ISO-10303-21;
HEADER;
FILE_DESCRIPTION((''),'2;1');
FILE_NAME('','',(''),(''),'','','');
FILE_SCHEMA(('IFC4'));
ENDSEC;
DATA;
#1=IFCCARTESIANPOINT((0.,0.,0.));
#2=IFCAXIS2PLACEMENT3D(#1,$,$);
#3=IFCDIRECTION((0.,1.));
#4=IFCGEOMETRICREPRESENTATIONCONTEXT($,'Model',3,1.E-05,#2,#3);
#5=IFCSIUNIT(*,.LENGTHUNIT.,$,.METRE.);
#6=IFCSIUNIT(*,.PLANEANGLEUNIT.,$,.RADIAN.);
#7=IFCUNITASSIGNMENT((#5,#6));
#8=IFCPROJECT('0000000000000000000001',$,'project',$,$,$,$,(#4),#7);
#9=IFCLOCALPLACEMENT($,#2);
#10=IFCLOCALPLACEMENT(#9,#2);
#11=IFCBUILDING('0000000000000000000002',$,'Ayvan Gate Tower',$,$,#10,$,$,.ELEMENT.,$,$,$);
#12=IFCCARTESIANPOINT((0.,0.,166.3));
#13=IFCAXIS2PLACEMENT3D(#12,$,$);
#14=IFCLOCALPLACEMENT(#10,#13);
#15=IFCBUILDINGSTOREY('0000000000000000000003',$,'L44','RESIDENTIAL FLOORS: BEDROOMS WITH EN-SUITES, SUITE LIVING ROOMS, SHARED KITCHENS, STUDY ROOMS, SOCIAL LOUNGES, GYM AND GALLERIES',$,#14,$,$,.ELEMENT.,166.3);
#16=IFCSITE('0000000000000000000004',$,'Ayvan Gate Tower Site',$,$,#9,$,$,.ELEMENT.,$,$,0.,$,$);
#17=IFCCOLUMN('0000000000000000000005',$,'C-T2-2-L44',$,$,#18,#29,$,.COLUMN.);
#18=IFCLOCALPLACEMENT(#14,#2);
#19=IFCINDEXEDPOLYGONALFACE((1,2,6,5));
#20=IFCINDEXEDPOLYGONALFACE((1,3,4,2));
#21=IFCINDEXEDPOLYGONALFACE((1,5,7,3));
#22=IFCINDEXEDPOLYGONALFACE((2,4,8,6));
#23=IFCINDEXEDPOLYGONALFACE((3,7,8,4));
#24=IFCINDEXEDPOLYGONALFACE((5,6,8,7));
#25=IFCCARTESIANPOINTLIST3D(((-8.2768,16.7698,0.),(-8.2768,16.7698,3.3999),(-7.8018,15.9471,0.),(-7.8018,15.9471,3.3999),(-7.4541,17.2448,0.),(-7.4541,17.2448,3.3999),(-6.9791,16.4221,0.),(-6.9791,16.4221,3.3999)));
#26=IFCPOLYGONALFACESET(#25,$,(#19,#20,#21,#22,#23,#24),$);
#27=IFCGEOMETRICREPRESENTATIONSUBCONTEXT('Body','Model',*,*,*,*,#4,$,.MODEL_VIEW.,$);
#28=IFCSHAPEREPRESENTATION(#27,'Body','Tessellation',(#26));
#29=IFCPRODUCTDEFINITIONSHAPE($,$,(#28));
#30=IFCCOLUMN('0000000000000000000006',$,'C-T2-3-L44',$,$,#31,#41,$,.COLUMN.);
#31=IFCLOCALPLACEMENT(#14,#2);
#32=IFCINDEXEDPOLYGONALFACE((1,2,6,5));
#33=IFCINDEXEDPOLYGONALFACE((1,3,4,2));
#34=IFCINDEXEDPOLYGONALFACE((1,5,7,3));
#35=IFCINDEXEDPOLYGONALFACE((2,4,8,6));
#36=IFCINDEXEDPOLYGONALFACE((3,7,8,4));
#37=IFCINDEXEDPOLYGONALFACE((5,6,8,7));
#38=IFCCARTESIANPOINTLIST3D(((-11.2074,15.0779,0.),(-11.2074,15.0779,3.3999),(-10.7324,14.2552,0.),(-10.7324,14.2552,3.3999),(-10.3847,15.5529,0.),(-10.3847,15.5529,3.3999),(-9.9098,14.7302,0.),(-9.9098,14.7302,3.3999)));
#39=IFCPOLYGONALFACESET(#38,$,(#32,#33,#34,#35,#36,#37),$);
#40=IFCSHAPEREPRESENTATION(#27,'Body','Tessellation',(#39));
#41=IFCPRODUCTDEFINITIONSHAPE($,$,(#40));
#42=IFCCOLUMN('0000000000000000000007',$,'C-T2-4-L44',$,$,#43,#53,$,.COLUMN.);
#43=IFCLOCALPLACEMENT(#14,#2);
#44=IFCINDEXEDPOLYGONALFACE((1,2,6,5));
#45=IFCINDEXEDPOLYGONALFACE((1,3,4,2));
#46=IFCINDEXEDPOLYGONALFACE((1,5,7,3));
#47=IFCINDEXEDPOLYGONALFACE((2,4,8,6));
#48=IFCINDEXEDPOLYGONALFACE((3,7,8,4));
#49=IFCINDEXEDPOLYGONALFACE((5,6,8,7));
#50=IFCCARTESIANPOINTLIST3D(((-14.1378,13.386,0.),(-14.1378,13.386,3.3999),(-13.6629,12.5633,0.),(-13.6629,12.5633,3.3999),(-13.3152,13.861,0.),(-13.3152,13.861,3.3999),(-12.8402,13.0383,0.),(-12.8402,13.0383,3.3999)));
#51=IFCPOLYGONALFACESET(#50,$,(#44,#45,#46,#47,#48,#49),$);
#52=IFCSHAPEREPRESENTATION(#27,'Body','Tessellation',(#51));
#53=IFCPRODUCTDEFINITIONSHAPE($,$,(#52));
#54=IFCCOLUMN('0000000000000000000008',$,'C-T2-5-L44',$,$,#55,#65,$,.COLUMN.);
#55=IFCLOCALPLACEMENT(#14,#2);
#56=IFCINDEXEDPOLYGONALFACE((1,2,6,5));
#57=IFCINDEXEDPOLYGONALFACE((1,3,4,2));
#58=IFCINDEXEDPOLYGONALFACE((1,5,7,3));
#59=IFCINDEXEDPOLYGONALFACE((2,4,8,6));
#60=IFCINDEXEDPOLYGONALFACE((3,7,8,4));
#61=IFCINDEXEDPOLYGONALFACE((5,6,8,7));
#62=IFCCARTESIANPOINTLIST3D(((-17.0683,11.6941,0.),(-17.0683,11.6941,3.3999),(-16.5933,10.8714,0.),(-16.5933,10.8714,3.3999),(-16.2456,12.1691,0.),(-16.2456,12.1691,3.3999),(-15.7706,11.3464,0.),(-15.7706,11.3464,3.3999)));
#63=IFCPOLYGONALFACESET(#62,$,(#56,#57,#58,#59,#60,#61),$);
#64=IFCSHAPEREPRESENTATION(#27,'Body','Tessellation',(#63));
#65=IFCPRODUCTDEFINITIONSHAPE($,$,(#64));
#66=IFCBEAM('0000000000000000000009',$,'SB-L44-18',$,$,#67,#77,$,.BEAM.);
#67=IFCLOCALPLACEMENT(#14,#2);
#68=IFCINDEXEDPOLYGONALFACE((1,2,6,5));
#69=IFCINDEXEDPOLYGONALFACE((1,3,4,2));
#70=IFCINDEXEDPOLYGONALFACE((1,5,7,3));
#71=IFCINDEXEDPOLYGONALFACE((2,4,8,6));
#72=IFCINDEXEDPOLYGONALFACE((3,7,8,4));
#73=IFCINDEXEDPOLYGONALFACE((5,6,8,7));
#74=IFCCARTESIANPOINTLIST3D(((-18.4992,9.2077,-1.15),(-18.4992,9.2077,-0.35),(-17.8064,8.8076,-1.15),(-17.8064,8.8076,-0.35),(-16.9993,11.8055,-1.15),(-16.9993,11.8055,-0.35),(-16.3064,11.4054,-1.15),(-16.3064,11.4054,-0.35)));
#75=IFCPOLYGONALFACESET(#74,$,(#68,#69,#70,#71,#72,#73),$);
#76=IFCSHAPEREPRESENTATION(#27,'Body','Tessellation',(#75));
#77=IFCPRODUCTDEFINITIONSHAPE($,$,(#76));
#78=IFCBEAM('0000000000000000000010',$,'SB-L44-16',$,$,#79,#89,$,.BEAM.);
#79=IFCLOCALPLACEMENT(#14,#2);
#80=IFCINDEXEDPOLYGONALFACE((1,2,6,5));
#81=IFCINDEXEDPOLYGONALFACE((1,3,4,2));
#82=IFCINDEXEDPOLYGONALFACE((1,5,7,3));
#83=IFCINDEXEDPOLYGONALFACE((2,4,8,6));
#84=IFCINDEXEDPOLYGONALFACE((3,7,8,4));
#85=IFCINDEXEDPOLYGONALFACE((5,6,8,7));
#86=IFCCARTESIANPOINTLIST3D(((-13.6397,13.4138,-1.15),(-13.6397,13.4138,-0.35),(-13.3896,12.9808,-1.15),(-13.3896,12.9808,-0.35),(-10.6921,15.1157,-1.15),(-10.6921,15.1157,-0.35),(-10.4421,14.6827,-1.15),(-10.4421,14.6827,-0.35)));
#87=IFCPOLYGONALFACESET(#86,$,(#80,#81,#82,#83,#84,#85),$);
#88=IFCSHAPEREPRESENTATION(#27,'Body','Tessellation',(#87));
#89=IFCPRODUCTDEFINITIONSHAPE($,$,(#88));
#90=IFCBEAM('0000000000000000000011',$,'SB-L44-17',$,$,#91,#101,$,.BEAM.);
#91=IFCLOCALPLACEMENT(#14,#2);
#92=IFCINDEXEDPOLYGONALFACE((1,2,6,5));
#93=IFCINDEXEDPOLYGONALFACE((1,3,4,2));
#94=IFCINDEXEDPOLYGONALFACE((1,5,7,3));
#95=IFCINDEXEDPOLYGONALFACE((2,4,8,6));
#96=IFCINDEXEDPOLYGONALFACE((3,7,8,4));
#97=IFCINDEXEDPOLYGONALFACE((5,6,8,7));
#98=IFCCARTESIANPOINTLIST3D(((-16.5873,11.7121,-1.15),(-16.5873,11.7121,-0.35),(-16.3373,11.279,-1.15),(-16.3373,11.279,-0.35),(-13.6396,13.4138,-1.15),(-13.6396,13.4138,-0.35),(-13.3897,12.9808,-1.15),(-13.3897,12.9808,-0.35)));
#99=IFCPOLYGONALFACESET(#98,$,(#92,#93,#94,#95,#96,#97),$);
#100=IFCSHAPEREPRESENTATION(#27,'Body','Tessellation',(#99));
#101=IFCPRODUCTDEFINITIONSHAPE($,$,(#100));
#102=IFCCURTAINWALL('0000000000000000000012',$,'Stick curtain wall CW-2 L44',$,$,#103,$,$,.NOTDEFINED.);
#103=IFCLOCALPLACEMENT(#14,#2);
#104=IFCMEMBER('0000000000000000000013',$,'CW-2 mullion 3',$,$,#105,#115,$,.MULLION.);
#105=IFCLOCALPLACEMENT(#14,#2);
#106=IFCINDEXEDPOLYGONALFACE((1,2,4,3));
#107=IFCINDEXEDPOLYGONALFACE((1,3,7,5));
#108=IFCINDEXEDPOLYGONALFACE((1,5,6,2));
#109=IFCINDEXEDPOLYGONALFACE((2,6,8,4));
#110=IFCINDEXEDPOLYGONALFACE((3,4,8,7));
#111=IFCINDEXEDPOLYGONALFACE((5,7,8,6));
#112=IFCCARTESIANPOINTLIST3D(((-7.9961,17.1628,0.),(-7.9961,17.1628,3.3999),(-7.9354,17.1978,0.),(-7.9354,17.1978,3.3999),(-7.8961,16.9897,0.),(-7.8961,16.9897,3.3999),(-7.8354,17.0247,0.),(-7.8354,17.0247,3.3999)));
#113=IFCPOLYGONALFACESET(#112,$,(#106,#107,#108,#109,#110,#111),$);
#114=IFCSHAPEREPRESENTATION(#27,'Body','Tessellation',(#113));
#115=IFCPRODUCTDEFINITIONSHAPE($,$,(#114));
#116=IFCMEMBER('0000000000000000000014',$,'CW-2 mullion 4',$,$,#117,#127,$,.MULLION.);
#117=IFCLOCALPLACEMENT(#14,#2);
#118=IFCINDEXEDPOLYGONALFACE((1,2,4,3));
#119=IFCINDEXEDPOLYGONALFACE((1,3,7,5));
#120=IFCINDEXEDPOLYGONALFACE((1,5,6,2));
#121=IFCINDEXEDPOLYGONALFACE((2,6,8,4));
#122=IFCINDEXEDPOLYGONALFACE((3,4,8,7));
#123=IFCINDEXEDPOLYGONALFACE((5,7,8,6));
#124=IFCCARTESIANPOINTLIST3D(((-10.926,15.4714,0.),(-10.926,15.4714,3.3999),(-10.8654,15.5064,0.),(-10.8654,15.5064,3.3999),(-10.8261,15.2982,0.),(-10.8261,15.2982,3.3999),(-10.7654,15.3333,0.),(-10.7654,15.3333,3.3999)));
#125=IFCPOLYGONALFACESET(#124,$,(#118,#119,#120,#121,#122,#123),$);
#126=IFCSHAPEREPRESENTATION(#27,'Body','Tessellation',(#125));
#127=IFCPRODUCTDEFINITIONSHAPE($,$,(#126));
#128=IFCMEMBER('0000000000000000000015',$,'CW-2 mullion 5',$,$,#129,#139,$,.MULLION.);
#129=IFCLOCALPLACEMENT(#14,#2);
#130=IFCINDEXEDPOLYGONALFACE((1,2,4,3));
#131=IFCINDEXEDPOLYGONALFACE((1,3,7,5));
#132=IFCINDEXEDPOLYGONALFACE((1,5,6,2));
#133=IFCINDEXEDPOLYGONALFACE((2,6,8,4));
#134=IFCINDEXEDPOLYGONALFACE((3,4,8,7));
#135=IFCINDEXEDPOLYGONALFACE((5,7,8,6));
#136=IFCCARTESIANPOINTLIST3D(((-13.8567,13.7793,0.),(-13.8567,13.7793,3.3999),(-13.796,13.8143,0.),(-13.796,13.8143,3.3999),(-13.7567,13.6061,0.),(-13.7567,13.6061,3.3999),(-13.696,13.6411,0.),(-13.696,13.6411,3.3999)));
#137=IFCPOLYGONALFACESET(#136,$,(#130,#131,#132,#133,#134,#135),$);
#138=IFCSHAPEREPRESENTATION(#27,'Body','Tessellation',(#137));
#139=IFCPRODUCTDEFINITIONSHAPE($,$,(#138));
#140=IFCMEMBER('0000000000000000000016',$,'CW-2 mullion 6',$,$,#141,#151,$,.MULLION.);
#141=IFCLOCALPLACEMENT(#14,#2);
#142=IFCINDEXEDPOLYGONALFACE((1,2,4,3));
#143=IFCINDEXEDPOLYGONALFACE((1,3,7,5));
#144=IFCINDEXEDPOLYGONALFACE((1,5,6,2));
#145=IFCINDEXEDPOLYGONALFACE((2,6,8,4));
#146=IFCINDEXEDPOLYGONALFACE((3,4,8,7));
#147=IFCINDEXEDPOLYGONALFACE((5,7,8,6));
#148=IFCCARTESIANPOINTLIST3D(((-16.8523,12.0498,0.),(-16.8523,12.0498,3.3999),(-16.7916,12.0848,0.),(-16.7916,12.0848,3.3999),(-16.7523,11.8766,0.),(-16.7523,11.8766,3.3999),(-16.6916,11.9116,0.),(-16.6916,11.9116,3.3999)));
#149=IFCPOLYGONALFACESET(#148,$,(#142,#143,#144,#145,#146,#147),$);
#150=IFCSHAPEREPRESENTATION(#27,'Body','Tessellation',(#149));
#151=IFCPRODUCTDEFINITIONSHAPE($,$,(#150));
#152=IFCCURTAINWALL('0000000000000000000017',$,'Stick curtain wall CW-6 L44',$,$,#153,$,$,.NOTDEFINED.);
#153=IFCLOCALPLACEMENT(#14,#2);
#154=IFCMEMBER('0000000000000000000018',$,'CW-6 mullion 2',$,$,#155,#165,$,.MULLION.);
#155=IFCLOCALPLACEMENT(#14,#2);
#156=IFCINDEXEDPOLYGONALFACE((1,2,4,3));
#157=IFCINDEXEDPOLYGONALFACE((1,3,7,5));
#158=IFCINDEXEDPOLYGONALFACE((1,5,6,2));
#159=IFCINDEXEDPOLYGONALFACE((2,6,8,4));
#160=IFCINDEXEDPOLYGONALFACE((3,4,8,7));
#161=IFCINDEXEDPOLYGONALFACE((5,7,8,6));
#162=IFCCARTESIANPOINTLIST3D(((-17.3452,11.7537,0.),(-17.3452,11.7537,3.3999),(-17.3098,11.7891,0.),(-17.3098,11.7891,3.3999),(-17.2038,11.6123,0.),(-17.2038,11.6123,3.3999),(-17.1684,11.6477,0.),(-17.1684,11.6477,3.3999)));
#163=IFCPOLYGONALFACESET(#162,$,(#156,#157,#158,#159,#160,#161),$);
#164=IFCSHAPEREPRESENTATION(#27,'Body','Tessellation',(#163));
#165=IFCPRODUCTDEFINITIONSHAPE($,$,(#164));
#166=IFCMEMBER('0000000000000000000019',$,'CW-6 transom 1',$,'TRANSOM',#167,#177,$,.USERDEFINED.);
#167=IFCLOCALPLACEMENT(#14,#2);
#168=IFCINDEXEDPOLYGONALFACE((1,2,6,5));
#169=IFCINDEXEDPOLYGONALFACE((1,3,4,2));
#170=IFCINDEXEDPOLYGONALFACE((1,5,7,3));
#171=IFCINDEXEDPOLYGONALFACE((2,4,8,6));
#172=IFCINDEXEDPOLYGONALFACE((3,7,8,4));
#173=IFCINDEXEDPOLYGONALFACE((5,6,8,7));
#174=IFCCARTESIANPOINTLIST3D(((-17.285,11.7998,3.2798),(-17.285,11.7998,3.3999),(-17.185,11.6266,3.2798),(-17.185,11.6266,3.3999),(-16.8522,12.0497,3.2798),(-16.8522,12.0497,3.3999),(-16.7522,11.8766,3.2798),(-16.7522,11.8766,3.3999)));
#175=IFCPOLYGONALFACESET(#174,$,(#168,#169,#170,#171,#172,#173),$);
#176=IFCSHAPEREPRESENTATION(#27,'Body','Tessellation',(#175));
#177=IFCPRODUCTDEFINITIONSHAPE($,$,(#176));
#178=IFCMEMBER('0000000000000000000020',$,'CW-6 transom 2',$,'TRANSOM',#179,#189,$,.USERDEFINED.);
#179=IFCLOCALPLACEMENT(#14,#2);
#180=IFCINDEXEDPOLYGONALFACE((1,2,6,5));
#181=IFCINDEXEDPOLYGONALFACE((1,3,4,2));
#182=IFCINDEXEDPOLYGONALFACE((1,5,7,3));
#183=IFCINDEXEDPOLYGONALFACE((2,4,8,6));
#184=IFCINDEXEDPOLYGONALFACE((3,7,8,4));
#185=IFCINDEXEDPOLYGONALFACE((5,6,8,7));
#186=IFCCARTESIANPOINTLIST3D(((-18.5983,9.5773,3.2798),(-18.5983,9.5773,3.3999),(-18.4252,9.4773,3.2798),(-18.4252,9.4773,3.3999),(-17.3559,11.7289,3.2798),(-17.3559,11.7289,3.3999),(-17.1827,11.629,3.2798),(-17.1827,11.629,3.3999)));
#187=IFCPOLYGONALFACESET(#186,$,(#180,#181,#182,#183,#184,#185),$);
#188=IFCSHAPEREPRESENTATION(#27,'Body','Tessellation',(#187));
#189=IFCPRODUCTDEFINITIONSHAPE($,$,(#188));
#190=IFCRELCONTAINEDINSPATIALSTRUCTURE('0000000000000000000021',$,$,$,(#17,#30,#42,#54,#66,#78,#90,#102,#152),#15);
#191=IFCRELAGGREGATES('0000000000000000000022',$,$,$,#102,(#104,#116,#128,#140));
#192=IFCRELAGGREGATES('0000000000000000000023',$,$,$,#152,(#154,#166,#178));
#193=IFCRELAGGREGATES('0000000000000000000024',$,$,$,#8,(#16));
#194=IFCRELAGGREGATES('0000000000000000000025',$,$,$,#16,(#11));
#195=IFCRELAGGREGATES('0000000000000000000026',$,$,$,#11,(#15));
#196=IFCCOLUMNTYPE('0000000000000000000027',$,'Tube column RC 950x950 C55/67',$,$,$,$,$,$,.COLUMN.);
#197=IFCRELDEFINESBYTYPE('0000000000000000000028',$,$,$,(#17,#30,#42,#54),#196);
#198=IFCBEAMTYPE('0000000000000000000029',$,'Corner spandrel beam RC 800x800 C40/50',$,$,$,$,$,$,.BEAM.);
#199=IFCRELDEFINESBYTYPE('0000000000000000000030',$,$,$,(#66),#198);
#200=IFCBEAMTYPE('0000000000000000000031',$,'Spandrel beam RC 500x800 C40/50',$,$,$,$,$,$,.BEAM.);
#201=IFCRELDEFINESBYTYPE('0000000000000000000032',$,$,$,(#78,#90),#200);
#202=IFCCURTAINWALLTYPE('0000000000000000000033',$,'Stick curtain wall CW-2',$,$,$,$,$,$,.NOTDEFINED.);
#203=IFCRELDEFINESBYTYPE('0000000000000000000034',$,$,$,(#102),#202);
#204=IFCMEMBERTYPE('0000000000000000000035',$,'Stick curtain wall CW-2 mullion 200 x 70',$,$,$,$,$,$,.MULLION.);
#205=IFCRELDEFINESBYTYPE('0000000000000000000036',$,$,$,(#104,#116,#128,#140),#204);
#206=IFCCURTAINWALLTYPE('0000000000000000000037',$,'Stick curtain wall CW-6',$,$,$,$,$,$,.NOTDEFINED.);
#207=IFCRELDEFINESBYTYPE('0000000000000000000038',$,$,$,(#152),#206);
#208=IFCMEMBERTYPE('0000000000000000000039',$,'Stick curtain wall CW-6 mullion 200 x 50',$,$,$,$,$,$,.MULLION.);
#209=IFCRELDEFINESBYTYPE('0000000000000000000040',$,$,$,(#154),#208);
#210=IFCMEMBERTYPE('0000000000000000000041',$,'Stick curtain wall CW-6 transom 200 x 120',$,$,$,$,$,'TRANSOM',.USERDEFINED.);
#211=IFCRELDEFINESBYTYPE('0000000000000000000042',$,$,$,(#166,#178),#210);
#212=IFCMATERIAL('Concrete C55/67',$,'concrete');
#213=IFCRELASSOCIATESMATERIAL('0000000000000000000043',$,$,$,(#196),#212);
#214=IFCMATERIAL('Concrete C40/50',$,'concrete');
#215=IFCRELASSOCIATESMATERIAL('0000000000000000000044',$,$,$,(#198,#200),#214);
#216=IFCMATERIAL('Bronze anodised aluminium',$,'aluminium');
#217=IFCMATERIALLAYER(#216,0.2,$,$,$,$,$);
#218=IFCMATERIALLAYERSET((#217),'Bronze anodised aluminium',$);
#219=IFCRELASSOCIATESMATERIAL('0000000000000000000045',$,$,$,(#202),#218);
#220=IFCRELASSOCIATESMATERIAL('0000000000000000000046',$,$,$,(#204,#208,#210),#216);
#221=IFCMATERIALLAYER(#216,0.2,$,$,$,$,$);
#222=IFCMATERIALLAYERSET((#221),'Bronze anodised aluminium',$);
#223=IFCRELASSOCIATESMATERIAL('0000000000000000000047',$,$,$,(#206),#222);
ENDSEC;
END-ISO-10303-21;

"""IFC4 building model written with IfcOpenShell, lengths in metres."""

from ifc_helpers import new_model, si_unit, direction, frame, origin, origin_2d, place, context, subcontext, project, spatial, rectangle, extrude, material, layer, layer_set, material_profile, profile_set, type_object, element, aggregate, save


model = new_model("IFC4")

# Units and contexts
model_context = context("Model", 3, precision=1e-05, world=origin(), true_north=direction((0.0, 1.0)))
body_context = subcontext(model_context, "Body", "Model", "MODEL_VIEW")
ifc_project = project(units=[si_unit("LENGTHUNIT", "METRE"), si_unit("PLANEANGLEUNIT", "RADIAN")], contexts=[model_context])

# Site, building, storey
site_placement = place(None, origin())
site = spatial("IfcSite", under=ifc_project, at=site_placement, Name="Ayvan Gate Tower Site", CompositionType="ELEMENT", RefElevation=0.0)
building_placement = place(site_placement, origin())
building = spatial("IfcBuilding", under=site, at=building_placement, Name="Ayvan Gate Tower", CompositionType="ELEMENT")
storey_placement = place(building_placement, frame((0.0, 0.0, 166.3)))
storey = spatial("IfcBuildingStorey", under=building, at=storey_placement, Name="L44", Description="RESIDENTIAL FLOORS: BEDROOMS WITH EN-SUITES, SUITE LIVING ROOMS, SHARED KITCHENS, STUDY ROOMS, SOCIAL LOUNGES, GYM AND GALLERIES", CompositionType="ELEMENT", Elevation=166.3)

# Columns
ifc_material_1 = material(Name="Concrete C55/67", Category="concrete")
ifc_material_profile_1 = material_profile(ifc_material_1, rectangle(XDim=0.95, YDim=0.95, at=origin_2d()), Name="RC 950x950")
ifc_profile_set_1 = profile_set([ifc_material_profile_1], Name="Concrete C55/67")
column_type = type_object("IfcColumnType", Name="Tube column RC 950x950 C55/67", PredefinedType="COLUMN", material=ifc_profile_set_1)
for number, where, z_axis, x_axis, name in (
    (1, (-7.6279, 16.5959, 0.0), (0.0, 0.0, 1.0), (-0.5, 0.866025, 0.0), "C-T2-2-L44"),
    (2, (-10.5586, 14.9041, 0.0), (0.0, 0.0, 1.0), (-0.5, 0.866025, 0.0), "C-T2-3-L44"),
    (3, (-13.489, 13.2122, 0.0), (0.0, 0.0, 1.0), (-0.5, 0.866025, 0.0), "C-T2-4-L44"),
    (4, (-16.4194, 11.5203, 0.0), (0.0, 0.0, 1.0), (-0.5, 0.866025, 0.0), "C-T2-5-L44"),
):
    element("IfcColumn", number, at=place(storey_placement, frame(where, z_axis=z_axis, x_axis=x_axis)), inside=storey, type_object=column_type, Name=name, PredefinedType="COLUMN", context=body_context, shape_type="SweptSolid", body=[
        extrude(rectangle(XDim=0.95, YDim=0.95, at=origin_2d()), origin(), (0.0, 0.0, 1.0), 3.3999),
    ])

# Beams
ifc_material_2 = material(Name="Concrete C40/50", Category="concrete")
ifc_material_profile_2 = material_profile(ifc_material_2, rectangle(XDim=0.8, YDim=0.8, at=origin_2d()), Name="RC 800x800")
ifc_profile_set_2 = profile_set([ifc_material_profile_2], Name="Concrete C40/50")
beam_type_1 = type_object("IfcBeamType", Name="Corner spandrel beam RC 800x800 C40/50", PredefinedType="BEAM", material=ifc_profile_set_2)
beam_placement = place(storey_placement, frame((-16.6528, 11.6055, -0.75), z_axis=(-0.500025, -0.866011, 0.0), x_axis=(0.866011, -0.500025, 0.0)))
element("IfcBeam", 5, at=beam_placement, inside=storey, type_object=beam_type_1, Name="SB-L44-18", PredefinedType="BEAM", context=body_context, shape_type="SweptSolid", body=[
    extrude(rectangle(XDim=0.8, YDim=0.8, at=origin_2d()), origin(), (0.0, 0.0, 1.0), 2.9998),
])
ifc_material_profile_3 = material_profile(ifc_material_2, rectangle(XDim=0.5, YDim=0.8, at=origin_2d()), Name="RC 500x800")
ifc_profile_set_3 = profile_set([ifc_material_profile_3], Name="Concrete C40/50")
beam_type_2 = type_object("IfcBeamType", Name="Spandrel beam RC 500x800 C40/50", PredefinedType="BEAM", material=ifc_profile_set_3)
for number, where, z_axis, x_axis, name in (
    (6, (-10.5671, 14.8992, -0.75), (-0.866005, -0.500035, 0.0), (0.500035, -0.866005, 0.0), "SB-L44-16"),
    (7, (-13.5146, 13.1973, -0.75), (-0.866036, -0.499981, 0.0), (0.499981, -0.866036, 0.0), "SB-L44-17"),
):
    element("IfcBeam", number, at=place(storey_placement, frame(where, z_axis=z_axis, x_axis=x_axis)), inside=storey, type_object=beam_type_2, Name=name, PredefinedType="BEAM", context=body_context, shape_type="SweptSolid", body=[
        extrude(rectangle(XDim=0.5, YDim=0.8, at=origin_2d()), origin(), (0.0, 0.0, 1.0), 3.4036),
    ])

# Curtain walls, members
ifc_material_3 = material(Name="Bronze anodised aluminium", Category="aluminium")
ifc_layer_1 = layer(ifc_material_3, 0.2)
ifc_layer_set_1 = layer_set([ifc_layer_1], Name="Bronze anodised aluminium")
curtain_wall_type_1 = type_object("IfcCurtainWallType", Name="Stick curtain wall CW-2", PredefinedType="NOTDEFINED", material=ifc_layer_set_1)
curtain_wall_1_placement = place(storey_placement, origin())
curtain_wall_1 = element("IfcCurtainWall", 8, at=curtain_wall_1_placement, inside=storey, type_object=curtain_wall_type_1, Name="Stick curtain wall CW-2 L44", PredefinedType="NOTDEFINED")
ifc_material_profile_4 = material_profile(ifc_material_3, rectangle(XDim=0.2, YDim=0.0701, at=origin_2d()), Name="Stick curtain wall CW-2 mullion 200 x 70")
ifc_profile_set_4 = profile_set([ifc_material_profile_4], Name="Bronze anodised aluminium")
member_type_1 = type_object("IfcMemberType", Name="Stick curtain wall CW-2 mullion 200 x 70", PredefinedType="MULLION", material=ifc_profile_set_4)
member_1_placement = place(storey_placement, frame((-7.9158, 17.0938, 0.0), z_axis=(0.0, 0.0, 1.0), x_axis=(-0.5, 0.866025, 0.0)))
member_1 = element("IfcMember", 9, at=member_1_placement, type_object=member_type_1, Name="CW-2 mullion 3", PredefinedType="MULLION", context=body_context, shape_type="SweptSolid", body=[
    extrude(rectangle(XDim=0.2, YDim=0.0701, at=origin_2d()), origin(), (0.0, 0.0, 1.0), 3.3999),
])
member_2_placement = place(storey_placement, frame((-10.8457, 15.4023, 0.0), z_axis=(0.0, 0.0, 1.0), x_axis=(-0.5, 0.866025, 0.0)))
member_2 = element("IfcMember", 10, at=member_2_placement, type_object=member_type_1, Name="CW-2 mullion 4", PredefinedType="MULLION", context=body_context, shape_type="SweptSolid", body=[
    extrude(rectangle(XDim=0.2, YDim=0.0701, at=origin_2d()), origin(), (0.0, 0.0, 1.0), 3.3999),
])
member_3_placement = place(storey_placement, frame((-13.7764, 13.7102, 0.0), z_axis=(0.0, 0.0, 1.0), x_axis=(-0.5, 0.866025, 0.0)))
member_3 = element("IfcMember", 11, at=member_3_placement, type_object=member_type_1, Name="CW-2 mullion 5", PredefinedType="MULLION", context=body_context, shape_type="SweptSolid", body=[
    extrude(rectangle(XDim=0.2, YDim=0.0701, at=origin_2d()), origin(), (0.0, 0.0, 1.0), 3.3999),
])
member_4_placement = place(storey_placement, frame((-16.772, 11.9807, 0.0), z_axis=(0.0, 0.0, 1.0), x_axis=(-0.5, 0.866025, 0.0)))
member_4 = element("IfcMember", 12, at=member_4_placement, type_object=member_type_1, Name="CW-2 mullion 6", PredefinedType="MULLION", context=body_context, shape_type="SweptSolid", body=[
    extrude(rectangle(XDim=0.2, YDim=0.0701, at=origin_2d()), origin(), (0.0, 0.0, 1.0), 3.3999),
])
ifc_layer_2 = layer(ifc_material_3, 0.2)
ifc_layer_set_2 = layer_set([ifc_layer_2], Name="Bronze anodised aluminium")
curtain_wall_type_2 = type_object("IfcCurtainWallType", Name="Stick curtain wall CW-6", PredefinedType="NOTDEFINED", material=ifc_layer_set_2)
curtain_wall_2_placement = place(storey_placement, origin())
curtain_wall_2 = element("IfcCurtainWall", 13, at=curtain_wall_2_placement, inside=storey, type_object=curtain_wall_type_2, Name="Stick curtain wall CW-6 L44", PredefinedType="NOTDEFINED")
ifc_material_profile_5 = material_profile(ifc_material_3, rectangle(XDim=0.2, YDim=0.05, at=origin_2d()), Name="Stick curtain wall CW-6 mullion 200 x 50")
ifc_profile_set_5 = profile_set([ifc_material_profile_5], Name="Bronze anodised aluminium")
member_type_2 = type_object("IfcMemberType", Name="Stick curtain wall CW-6 mullion 200 x 50", PredefinedType="MULLION", material=ifc_profile_set_5)
member_5_placement = place(storey_placement, frame((-17.2568, 11.7007, 0.0), z_axis=(0.0, 0.0, 1.0), x_axis=(-0.707107, 0.707107, 0.0)))
member_5 = element("IfcMember", 14, at=member_5_placement, type_object=member_type_2, Name="CW-6 mullion 2", PredefinedType="MULLION", context=body_context, shape_type="SweptSolid", body=[
    extrude(rectangle(XDim=0.2, YDim=0.05, at=origin_2d()), origin(), (0.0, 0.0, 1.0), 3.3999),
])
ifc_material_profile_6 = material_profile(ifc_material_3, rectangle(XDim=0.2, YDim=0.1201, at=origin_2d()), Name="Stick curtain wall CW-6 transom 200 x 120")
ifc_profile_set_6 = profile_set([ifc_material_profile_6], Name="Bronze anodised aluminium")
member_type_3 = type_object("IfcMemberType", Name="Stick curtain wall CW-6 transom 200 x 120", ElementType="TRANSOM", PredefinedType="USERDEFINED", material=ifc_profile_set_6)
member_6_placement = place(storey_placement, frame((-16.8022, 11.9631, 3.3398), z_axis=(-0.86595, -0.500131, 0.0), x_axis=(0.500131, -0.86595, 0.0)))
member_6 = element("IfcMember", 15, at=member_6_placement, type_object=member_type_3, Name="CW-6 transom 1", ObjectType="TRANSOM", PredefinedType="USERDEFINED", context=body_context, shape_type="SweptSolid", body=[
    extrude(rectangle(XDim=0.2, YDim=0.1201, at=origin_2d()), origin(), (0.0, 0.0, 1.0), 0.4998),
])
member_7_placement = place(storey_placement, frame((-17.2693, 11.679, 3.3398), z_axis=(-0.50006, -0.865991, 0.0), x_axis=(0.865991, -0.50006, 0.0)))
member_7 = element("IfcMember", 16, at=member_7_placement, type_object=member_type_3, Name="CW-6 transom 2", ObjectType="TRANSOM", PredefinedType="USERDEFINED", context=body_context, shape_type="SweptSolid", body=[
    extrude(rectangle(XDim=0.2, YDim=0.1201, at=origin_2d()), origin(), (0.0, 0.0, 1.0), 2.4846),
])

aggregate(curtain_wall_1, [member_1, member_2, member_3, member_4])
aggregate(curtain_wall_2, [member_5, member_6, member_7])

save(model, "model.ifc")
